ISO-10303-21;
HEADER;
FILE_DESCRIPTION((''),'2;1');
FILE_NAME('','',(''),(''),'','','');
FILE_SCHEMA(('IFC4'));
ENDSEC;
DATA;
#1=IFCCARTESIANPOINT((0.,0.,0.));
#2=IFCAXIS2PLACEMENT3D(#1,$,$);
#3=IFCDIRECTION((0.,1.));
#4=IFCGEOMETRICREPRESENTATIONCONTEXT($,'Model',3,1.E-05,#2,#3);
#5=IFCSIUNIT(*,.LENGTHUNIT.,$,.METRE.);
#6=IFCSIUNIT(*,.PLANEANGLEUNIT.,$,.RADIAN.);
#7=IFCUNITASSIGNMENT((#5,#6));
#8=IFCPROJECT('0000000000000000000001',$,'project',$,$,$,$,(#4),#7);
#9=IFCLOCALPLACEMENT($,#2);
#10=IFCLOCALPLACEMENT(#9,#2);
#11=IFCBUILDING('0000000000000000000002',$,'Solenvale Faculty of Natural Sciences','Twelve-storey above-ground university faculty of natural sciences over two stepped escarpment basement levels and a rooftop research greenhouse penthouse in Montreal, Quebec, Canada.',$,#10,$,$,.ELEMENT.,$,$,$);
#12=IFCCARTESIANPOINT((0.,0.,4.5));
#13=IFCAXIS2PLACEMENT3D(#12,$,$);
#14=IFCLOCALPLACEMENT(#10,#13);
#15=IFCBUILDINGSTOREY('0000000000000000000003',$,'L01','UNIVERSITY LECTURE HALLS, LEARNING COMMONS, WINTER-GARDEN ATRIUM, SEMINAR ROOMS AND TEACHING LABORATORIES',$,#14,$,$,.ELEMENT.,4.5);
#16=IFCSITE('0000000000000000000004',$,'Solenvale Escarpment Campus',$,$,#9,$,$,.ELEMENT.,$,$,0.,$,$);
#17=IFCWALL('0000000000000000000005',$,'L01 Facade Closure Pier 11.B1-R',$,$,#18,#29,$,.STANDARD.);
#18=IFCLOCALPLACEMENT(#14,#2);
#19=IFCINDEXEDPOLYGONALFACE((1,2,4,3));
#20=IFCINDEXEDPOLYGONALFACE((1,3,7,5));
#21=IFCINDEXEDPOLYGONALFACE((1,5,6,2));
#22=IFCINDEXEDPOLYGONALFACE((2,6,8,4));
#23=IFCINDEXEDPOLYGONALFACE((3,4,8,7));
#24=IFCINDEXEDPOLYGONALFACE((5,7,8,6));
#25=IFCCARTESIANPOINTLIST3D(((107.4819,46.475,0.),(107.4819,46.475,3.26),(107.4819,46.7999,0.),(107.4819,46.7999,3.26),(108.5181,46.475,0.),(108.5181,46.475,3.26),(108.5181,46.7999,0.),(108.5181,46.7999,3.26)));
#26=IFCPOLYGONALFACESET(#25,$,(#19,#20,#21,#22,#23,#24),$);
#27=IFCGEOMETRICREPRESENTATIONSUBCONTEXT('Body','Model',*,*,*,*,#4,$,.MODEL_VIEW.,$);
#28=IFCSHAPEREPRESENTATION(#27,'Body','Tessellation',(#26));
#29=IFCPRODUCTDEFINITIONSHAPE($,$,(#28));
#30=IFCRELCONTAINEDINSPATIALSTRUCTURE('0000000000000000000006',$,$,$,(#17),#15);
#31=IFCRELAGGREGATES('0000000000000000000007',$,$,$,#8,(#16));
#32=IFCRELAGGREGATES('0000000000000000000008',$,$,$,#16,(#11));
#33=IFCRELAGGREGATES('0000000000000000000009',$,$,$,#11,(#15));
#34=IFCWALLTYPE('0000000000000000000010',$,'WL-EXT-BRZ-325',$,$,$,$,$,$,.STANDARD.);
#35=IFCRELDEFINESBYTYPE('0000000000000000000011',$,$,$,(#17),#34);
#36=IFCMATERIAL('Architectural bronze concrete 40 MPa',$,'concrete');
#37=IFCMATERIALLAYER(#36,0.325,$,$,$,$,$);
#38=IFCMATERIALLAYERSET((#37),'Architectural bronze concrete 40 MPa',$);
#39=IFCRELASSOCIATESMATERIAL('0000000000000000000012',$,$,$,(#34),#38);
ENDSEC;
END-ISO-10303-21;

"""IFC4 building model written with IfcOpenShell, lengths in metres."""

from ifc_helpers import new_model, si_unit, direction, frame, frame_2d, origin, place, context, subcontext, project, spatial, rectangle, extrude, material, layer, layer_set, type_object, element, save


model = new_model("IFC4")

# Units and contexts
model_context = context("Model", 3, precision=1e-05, world=origin(), true_north=direction((0.0, 1.0)))
body_context = subcontext(model_context, "Body", "Model", "MODEL_VIEW")
ifc_project = project(units=[si_unit("LENGTHUNIT", "METRE"), si_unit("PLANEANGLEUNIT", "RADIAN")], contexts=[model_context])

# Site, building, storey
site_placement = place(None, origin())
site = spatial("IfcSite", under=ifc_project, at=site_placement, Name="Solenvale Escarpment Campus", CompositionType="ELEMENT", RefElevation=0.0)
building_placement = place(site_placement, origin())
building = spatial("IfcBuilding", under=site, at=building_placement, Name="Solenvale Faculty of Natural Sciences", Description="Twelve-storey above-ground university faculty of natural sciences over two stepped escarpment basement levels and a rooftop research greenhouse penthouse in Montreal, Quebec, Canada.", CompositionType="ELEMENT")
storey_placement = place(building_placement, frame((0.0, 0.0, 4.5)))
storey = spatial("IfcBuildingStorey", under=building, at=storey_placement, Name="L01", Description="UNIVERSITY LECTURE HALLS, LEARNING COMMONS, WINTER-GARDEN ATRIUM, SEMINAR ROOMS AND TEACHING LABORATORIES", CompositionType="ELEMENT", Elevation=4.5)

# Shared definitions
ifc_material_1 = material(Name="Architectural bronze concrete 40 MPa", Category="concrete")

# Wall
ifc_layer_1 = layer(ifc_material_1, 0.325)
ifc_layer_set_1 = layer_set([ifc_layer_1], Name="Architectural bronze concrete 40 MPa")
wall_type = type_object("IfcWallType", Name="WL-EXT-BRZ-325", PredefinedType="STANDARD", material=ifc_layer_set_1)
wall_placement = place(storey_placement, frame((108.5181, 46.6375, 0.0), z_axis=(0.0, 0.0, 1.0), x_axis=(-1.0, 0.0, 0.0)))
element("IfcWall", 1, at=wall_placement, inside=storey, type_object=wall_type, Name="L01 Facade Closure Pier 11.B1-R", PredefinedType="STANDARD", context=body_context, shape_type="SweptSolid", body=[
    extrude(rectangle(XDim=1.0361, YDim=0.325, at=frame_2d((0.5181, 0.0))), origin(), (0.0, 0.0, 1.0), 3.26),
])

save(model, "model.ifc")
